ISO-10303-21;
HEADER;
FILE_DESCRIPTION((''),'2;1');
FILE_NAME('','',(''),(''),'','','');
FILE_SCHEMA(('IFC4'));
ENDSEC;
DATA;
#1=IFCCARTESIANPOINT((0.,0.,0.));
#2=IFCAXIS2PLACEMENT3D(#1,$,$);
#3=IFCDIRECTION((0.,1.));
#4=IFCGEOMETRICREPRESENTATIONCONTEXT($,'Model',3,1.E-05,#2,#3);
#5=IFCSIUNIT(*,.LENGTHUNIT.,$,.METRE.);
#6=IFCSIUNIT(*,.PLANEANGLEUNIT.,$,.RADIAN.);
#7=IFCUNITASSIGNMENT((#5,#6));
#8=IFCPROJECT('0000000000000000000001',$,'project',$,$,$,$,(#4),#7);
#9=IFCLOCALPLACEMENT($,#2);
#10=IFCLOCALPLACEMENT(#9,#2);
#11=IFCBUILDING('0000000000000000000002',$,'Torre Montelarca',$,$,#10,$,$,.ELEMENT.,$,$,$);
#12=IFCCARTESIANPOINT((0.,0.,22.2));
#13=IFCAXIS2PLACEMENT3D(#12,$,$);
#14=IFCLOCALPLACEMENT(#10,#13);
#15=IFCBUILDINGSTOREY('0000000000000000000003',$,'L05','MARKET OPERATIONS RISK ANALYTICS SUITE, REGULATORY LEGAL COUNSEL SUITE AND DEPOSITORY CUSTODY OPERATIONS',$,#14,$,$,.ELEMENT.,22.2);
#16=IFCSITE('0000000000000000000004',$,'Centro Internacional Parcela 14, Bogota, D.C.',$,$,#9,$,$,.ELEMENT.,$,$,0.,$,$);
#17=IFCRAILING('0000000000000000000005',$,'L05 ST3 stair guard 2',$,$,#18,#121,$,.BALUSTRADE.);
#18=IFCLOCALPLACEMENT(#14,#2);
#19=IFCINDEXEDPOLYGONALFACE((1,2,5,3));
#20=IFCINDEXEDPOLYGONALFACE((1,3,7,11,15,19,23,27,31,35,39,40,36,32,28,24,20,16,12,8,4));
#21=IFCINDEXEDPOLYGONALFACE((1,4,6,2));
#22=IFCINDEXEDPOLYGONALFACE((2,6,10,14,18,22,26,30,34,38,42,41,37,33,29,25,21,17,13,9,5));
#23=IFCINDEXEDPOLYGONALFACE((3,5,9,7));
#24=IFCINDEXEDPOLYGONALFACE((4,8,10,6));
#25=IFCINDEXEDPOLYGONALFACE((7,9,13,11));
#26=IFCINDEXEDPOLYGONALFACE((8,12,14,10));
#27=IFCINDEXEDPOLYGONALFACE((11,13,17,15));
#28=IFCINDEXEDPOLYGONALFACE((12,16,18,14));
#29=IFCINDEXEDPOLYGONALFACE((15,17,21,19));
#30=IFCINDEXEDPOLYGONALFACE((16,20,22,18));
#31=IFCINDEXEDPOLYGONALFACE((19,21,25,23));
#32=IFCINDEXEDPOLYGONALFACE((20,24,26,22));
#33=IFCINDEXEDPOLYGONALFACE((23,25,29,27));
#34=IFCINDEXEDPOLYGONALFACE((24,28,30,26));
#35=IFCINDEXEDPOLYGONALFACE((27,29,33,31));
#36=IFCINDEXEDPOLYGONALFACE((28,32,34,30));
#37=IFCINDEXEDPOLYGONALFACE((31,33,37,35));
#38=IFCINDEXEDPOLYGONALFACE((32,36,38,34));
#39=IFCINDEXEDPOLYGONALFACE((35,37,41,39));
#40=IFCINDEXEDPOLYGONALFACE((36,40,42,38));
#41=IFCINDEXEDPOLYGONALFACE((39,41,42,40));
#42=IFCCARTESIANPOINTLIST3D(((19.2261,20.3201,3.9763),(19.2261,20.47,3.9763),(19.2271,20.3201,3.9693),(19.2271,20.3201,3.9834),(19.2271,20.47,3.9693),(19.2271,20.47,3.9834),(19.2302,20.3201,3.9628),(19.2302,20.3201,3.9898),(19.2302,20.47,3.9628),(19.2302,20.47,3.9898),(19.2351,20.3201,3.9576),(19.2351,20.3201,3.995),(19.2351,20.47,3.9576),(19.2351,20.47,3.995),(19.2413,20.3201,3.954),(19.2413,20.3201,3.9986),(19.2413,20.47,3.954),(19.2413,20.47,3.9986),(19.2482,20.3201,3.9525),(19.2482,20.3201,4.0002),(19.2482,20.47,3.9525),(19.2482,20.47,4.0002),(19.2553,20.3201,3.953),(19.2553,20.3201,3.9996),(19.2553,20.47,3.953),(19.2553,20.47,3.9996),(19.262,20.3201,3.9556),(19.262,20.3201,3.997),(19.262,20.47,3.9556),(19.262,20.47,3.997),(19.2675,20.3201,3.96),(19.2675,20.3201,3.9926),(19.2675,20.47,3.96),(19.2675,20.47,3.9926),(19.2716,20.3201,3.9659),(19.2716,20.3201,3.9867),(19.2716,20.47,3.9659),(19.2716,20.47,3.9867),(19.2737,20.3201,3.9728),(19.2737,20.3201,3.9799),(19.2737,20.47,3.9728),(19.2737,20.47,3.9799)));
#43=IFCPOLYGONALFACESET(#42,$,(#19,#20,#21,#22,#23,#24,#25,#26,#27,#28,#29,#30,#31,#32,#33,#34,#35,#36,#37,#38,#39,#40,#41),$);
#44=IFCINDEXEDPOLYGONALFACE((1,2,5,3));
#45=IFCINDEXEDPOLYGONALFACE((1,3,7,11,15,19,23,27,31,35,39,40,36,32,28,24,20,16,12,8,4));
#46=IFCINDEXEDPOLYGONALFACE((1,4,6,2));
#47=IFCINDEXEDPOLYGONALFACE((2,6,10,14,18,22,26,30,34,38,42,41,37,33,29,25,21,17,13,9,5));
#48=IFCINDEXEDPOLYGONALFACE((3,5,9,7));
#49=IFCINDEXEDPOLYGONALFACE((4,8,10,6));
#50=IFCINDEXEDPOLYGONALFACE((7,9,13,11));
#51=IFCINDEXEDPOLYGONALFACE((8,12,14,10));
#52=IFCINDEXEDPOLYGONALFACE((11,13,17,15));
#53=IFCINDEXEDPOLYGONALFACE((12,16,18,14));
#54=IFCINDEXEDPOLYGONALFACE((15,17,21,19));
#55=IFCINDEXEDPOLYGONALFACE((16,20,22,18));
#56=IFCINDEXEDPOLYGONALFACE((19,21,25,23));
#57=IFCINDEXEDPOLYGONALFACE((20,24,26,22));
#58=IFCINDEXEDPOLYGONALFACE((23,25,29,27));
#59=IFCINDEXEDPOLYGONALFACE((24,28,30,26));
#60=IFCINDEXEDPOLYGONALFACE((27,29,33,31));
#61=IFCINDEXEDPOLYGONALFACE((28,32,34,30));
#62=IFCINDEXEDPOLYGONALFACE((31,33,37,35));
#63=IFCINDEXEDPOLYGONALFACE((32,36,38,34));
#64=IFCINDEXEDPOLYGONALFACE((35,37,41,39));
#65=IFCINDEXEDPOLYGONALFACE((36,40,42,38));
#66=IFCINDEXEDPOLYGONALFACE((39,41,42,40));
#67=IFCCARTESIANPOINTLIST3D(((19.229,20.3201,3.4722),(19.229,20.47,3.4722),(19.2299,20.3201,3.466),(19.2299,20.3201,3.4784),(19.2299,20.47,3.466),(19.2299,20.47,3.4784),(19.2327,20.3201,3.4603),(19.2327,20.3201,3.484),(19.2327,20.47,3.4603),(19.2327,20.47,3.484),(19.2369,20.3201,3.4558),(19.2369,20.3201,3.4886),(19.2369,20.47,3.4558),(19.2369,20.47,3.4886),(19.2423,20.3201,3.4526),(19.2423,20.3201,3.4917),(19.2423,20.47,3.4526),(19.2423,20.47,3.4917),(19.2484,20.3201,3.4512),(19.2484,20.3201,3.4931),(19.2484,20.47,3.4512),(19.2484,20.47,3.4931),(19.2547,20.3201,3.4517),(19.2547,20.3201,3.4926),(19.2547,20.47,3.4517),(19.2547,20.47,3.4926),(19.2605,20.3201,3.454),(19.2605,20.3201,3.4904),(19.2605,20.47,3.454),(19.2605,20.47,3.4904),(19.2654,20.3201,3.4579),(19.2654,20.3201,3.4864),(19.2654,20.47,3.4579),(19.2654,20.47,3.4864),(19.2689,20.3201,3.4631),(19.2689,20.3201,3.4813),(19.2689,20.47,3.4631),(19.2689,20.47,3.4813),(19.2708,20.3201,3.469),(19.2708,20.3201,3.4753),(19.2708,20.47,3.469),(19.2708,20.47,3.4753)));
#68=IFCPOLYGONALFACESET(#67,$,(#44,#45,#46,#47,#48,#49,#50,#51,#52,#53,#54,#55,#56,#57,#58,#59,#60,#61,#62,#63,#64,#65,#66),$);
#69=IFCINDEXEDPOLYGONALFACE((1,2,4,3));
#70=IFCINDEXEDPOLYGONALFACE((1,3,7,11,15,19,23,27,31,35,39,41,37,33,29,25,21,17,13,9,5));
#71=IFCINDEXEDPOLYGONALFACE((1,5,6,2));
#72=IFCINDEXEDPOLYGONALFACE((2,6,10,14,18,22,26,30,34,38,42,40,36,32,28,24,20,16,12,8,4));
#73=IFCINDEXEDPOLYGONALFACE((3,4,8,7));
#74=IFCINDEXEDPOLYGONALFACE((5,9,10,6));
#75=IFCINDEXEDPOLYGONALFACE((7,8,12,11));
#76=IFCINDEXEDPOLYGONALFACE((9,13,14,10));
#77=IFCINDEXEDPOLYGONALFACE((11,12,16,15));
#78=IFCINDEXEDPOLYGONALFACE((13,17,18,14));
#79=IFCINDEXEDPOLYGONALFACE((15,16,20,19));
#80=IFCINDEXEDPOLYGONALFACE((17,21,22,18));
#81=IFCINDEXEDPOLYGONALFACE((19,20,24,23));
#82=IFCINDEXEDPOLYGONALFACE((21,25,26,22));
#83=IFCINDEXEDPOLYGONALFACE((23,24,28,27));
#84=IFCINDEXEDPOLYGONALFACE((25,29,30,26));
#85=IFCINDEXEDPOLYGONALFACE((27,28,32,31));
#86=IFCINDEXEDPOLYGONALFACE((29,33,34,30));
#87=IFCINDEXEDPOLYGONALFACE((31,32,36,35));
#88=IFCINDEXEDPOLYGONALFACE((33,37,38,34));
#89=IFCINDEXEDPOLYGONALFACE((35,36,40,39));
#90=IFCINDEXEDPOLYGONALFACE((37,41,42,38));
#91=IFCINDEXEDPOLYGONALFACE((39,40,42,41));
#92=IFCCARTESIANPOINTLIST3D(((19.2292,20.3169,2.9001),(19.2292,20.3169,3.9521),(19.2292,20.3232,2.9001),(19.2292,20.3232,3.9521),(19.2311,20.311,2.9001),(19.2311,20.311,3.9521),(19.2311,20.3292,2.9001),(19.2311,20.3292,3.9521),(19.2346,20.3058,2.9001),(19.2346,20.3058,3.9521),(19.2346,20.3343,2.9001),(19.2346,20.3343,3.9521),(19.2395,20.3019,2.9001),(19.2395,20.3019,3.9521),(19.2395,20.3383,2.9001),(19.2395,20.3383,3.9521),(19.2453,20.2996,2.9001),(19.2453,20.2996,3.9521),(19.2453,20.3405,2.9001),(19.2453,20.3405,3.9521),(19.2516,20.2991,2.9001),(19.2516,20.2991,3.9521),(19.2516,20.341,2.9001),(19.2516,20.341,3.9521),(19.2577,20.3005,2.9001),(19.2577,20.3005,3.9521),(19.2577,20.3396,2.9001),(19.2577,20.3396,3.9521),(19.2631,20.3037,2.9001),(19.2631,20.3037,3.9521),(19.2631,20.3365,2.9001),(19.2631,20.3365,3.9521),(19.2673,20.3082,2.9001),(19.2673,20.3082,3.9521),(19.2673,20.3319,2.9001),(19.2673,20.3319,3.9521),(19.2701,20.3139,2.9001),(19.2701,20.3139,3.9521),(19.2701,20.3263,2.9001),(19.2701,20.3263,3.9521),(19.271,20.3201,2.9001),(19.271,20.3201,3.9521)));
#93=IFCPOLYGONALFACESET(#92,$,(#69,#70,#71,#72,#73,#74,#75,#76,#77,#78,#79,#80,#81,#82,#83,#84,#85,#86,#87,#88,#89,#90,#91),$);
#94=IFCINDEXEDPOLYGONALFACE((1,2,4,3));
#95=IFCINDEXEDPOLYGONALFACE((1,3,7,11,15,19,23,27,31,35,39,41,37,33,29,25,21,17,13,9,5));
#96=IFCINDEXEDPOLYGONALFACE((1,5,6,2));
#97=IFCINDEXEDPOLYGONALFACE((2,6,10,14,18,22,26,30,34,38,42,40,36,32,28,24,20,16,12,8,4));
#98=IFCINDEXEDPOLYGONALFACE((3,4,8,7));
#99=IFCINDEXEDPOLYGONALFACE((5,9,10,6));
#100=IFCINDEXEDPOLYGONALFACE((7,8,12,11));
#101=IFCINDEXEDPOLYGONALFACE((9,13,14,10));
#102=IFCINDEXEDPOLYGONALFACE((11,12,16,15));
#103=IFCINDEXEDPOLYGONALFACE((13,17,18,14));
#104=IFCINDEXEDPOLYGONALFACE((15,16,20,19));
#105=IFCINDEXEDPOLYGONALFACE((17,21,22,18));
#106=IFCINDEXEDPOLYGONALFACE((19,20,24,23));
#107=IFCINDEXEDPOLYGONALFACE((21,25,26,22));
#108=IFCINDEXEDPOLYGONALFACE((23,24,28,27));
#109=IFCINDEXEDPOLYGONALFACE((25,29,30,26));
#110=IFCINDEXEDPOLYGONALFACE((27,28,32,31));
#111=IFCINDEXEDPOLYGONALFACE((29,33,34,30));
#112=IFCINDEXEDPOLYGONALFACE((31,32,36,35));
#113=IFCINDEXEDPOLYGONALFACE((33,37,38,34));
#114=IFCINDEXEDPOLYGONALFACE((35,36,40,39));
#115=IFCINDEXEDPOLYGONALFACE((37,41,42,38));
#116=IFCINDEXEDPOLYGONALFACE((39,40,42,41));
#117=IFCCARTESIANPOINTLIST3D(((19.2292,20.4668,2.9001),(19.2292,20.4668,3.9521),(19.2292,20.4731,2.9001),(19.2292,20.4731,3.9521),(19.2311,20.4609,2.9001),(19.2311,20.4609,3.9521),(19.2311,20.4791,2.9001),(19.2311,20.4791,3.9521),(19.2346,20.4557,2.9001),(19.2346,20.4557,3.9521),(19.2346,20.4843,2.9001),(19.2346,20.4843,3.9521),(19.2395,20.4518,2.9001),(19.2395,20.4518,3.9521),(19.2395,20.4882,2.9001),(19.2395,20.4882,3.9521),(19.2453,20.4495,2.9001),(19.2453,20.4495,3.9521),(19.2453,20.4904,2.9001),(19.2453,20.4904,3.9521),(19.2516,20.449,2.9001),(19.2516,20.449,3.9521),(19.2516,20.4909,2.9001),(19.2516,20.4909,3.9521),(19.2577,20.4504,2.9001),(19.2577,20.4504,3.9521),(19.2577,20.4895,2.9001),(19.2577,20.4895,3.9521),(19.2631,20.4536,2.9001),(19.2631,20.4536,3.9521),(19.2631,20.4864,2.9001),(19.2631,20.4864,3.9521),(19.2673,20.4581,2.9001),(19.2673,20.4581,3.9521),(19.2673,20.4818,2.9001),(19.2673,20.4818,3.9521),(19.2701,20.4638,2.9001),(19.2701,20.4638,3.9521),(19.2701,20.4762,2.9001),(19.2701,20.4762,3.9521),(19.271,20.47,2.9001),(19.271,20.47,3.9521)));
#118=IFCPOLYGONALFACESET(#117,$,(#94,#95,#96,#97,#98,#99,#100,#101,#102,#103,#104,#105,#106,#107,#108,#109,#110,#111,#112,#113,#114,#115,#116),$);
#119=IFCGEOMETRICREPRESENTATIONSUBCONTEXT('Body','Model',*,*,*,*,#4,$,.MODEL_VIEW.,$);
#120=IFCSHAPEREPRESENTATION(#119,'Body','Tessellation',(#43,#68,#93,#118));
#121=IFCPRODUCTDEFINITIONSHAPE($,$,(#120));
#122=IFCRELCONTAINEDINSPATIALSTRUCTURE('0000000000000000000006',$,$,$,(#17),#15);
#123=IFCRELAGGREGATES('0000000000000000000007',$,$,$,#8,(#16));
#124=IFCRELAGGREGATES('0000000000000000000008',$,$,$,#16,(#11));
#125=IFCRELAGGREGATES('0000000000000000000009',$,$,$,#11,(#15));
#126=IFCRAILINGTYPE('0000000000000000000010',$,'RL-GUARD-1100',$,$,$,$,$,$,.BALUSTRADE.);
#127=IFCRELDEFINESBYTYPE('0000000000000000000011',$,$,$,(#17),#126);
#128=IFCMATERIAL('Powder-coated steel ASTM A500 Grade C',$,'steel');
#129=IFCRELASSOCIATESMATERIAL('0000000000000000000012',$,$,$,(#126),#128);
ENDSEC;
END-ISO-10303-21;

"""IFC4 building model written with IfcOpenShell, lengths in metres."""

from ifc_helpers import new_model, si_unit, direction, frame, origin, origin_2d, place, context, subcontext, project, spatial, circle, extrude, material, type_object, element, save


model = new_model("IFC4")

# Units and contexts
model_context = context("Model", 3, precision=1e-05, world=origin(), true_north=direction((0.0, 1.0)))
body_context = subcontext(model_context, "Body", "Model", "MODEL_VIEW")
ifc_project = project(units=[si_unit("LENGTHUNIT", "METRE"), si_unit("PLANEANGLEUNIT", "RADIAN")], contexts=[model_context])

# Site, building, storey
site_placement = place(None, origin())
site = spatial("IfcSite", under=ifc_project, at=site_placement, Name="Centro Internacional Parcela 14, Bogota, D.C.", CompositionType="ELEMENT", RefElevation=0.0)
building_placement = place(site_placement, origin())
building = spatial("IfcBuilding", under=site, at=building_placement, Name="Torre Montelarca", CompositionType="ELEMENT")
storey_placement = place(building_placement, frame((0.0, 0.0, 22.2)))
storey = spatial("IfcBuildingStorey", under=building, at=storey_placement, Name="L05", Description="MARKET OPERATIONS RISK ANALYTICS SUITE, REGULATORY LEGAL COUNSEL SUITE AND DEPOSITORY CUSTODY OPERATIONS", CompositionType="ELEMENT", Elevation=22.2)

# Railing
ifc_material_1 = material(Name="Powder-coated steel ASTM A500 Grade C", Category="steel")
railing_type_1 = type_object("IfcRailingType", Name="RL-GUARD-1100", PredefinedType="BALUSTRADE", material=ifc_material_1)
railing_1_placement = place(storey_placement, frame((19.25, 20.3201, 2.9001)))
element("IfcRailing", 1, at=railing_1_placement, inside=storey, type_object=railing_type_1, Name="L05 ST3 stair guard 2", PredefinedType="BALUSTRADE", context=body_context, shape_type="SweptSolid", body=[
    extrude(circle(Radius=0.0239, at=origin_2d()), frame((0.0, 0.0, 1.0762), z_axis=(0.0, 1.0, 0.0), x_axis=(-1.0, 0.0, 0.0)), (0.0, 0.0, 1.0), 0.1499),
    extrude(circle(Radius=0.021, at=origin_2d()), frame((0.0, 0.0, 0.572), z_axis=(0.0, 1.0, 0.0), x_axis=(-1.0, 0.0, 0.0)), (0.0, 0.0, 1.0), 0.1499),
    extrude(circle(Radius=0.021, at=origin_2d()), origin(), (0.0, 0.0, 1.0), 1.052),
    extrude(circle(Radius=0.021, at=origin_2d()), frame((0.0, 0.1499, 0.0)), (0.0, 0.0, 1.0), 1.052),
])

save(model, "model.ifc")
